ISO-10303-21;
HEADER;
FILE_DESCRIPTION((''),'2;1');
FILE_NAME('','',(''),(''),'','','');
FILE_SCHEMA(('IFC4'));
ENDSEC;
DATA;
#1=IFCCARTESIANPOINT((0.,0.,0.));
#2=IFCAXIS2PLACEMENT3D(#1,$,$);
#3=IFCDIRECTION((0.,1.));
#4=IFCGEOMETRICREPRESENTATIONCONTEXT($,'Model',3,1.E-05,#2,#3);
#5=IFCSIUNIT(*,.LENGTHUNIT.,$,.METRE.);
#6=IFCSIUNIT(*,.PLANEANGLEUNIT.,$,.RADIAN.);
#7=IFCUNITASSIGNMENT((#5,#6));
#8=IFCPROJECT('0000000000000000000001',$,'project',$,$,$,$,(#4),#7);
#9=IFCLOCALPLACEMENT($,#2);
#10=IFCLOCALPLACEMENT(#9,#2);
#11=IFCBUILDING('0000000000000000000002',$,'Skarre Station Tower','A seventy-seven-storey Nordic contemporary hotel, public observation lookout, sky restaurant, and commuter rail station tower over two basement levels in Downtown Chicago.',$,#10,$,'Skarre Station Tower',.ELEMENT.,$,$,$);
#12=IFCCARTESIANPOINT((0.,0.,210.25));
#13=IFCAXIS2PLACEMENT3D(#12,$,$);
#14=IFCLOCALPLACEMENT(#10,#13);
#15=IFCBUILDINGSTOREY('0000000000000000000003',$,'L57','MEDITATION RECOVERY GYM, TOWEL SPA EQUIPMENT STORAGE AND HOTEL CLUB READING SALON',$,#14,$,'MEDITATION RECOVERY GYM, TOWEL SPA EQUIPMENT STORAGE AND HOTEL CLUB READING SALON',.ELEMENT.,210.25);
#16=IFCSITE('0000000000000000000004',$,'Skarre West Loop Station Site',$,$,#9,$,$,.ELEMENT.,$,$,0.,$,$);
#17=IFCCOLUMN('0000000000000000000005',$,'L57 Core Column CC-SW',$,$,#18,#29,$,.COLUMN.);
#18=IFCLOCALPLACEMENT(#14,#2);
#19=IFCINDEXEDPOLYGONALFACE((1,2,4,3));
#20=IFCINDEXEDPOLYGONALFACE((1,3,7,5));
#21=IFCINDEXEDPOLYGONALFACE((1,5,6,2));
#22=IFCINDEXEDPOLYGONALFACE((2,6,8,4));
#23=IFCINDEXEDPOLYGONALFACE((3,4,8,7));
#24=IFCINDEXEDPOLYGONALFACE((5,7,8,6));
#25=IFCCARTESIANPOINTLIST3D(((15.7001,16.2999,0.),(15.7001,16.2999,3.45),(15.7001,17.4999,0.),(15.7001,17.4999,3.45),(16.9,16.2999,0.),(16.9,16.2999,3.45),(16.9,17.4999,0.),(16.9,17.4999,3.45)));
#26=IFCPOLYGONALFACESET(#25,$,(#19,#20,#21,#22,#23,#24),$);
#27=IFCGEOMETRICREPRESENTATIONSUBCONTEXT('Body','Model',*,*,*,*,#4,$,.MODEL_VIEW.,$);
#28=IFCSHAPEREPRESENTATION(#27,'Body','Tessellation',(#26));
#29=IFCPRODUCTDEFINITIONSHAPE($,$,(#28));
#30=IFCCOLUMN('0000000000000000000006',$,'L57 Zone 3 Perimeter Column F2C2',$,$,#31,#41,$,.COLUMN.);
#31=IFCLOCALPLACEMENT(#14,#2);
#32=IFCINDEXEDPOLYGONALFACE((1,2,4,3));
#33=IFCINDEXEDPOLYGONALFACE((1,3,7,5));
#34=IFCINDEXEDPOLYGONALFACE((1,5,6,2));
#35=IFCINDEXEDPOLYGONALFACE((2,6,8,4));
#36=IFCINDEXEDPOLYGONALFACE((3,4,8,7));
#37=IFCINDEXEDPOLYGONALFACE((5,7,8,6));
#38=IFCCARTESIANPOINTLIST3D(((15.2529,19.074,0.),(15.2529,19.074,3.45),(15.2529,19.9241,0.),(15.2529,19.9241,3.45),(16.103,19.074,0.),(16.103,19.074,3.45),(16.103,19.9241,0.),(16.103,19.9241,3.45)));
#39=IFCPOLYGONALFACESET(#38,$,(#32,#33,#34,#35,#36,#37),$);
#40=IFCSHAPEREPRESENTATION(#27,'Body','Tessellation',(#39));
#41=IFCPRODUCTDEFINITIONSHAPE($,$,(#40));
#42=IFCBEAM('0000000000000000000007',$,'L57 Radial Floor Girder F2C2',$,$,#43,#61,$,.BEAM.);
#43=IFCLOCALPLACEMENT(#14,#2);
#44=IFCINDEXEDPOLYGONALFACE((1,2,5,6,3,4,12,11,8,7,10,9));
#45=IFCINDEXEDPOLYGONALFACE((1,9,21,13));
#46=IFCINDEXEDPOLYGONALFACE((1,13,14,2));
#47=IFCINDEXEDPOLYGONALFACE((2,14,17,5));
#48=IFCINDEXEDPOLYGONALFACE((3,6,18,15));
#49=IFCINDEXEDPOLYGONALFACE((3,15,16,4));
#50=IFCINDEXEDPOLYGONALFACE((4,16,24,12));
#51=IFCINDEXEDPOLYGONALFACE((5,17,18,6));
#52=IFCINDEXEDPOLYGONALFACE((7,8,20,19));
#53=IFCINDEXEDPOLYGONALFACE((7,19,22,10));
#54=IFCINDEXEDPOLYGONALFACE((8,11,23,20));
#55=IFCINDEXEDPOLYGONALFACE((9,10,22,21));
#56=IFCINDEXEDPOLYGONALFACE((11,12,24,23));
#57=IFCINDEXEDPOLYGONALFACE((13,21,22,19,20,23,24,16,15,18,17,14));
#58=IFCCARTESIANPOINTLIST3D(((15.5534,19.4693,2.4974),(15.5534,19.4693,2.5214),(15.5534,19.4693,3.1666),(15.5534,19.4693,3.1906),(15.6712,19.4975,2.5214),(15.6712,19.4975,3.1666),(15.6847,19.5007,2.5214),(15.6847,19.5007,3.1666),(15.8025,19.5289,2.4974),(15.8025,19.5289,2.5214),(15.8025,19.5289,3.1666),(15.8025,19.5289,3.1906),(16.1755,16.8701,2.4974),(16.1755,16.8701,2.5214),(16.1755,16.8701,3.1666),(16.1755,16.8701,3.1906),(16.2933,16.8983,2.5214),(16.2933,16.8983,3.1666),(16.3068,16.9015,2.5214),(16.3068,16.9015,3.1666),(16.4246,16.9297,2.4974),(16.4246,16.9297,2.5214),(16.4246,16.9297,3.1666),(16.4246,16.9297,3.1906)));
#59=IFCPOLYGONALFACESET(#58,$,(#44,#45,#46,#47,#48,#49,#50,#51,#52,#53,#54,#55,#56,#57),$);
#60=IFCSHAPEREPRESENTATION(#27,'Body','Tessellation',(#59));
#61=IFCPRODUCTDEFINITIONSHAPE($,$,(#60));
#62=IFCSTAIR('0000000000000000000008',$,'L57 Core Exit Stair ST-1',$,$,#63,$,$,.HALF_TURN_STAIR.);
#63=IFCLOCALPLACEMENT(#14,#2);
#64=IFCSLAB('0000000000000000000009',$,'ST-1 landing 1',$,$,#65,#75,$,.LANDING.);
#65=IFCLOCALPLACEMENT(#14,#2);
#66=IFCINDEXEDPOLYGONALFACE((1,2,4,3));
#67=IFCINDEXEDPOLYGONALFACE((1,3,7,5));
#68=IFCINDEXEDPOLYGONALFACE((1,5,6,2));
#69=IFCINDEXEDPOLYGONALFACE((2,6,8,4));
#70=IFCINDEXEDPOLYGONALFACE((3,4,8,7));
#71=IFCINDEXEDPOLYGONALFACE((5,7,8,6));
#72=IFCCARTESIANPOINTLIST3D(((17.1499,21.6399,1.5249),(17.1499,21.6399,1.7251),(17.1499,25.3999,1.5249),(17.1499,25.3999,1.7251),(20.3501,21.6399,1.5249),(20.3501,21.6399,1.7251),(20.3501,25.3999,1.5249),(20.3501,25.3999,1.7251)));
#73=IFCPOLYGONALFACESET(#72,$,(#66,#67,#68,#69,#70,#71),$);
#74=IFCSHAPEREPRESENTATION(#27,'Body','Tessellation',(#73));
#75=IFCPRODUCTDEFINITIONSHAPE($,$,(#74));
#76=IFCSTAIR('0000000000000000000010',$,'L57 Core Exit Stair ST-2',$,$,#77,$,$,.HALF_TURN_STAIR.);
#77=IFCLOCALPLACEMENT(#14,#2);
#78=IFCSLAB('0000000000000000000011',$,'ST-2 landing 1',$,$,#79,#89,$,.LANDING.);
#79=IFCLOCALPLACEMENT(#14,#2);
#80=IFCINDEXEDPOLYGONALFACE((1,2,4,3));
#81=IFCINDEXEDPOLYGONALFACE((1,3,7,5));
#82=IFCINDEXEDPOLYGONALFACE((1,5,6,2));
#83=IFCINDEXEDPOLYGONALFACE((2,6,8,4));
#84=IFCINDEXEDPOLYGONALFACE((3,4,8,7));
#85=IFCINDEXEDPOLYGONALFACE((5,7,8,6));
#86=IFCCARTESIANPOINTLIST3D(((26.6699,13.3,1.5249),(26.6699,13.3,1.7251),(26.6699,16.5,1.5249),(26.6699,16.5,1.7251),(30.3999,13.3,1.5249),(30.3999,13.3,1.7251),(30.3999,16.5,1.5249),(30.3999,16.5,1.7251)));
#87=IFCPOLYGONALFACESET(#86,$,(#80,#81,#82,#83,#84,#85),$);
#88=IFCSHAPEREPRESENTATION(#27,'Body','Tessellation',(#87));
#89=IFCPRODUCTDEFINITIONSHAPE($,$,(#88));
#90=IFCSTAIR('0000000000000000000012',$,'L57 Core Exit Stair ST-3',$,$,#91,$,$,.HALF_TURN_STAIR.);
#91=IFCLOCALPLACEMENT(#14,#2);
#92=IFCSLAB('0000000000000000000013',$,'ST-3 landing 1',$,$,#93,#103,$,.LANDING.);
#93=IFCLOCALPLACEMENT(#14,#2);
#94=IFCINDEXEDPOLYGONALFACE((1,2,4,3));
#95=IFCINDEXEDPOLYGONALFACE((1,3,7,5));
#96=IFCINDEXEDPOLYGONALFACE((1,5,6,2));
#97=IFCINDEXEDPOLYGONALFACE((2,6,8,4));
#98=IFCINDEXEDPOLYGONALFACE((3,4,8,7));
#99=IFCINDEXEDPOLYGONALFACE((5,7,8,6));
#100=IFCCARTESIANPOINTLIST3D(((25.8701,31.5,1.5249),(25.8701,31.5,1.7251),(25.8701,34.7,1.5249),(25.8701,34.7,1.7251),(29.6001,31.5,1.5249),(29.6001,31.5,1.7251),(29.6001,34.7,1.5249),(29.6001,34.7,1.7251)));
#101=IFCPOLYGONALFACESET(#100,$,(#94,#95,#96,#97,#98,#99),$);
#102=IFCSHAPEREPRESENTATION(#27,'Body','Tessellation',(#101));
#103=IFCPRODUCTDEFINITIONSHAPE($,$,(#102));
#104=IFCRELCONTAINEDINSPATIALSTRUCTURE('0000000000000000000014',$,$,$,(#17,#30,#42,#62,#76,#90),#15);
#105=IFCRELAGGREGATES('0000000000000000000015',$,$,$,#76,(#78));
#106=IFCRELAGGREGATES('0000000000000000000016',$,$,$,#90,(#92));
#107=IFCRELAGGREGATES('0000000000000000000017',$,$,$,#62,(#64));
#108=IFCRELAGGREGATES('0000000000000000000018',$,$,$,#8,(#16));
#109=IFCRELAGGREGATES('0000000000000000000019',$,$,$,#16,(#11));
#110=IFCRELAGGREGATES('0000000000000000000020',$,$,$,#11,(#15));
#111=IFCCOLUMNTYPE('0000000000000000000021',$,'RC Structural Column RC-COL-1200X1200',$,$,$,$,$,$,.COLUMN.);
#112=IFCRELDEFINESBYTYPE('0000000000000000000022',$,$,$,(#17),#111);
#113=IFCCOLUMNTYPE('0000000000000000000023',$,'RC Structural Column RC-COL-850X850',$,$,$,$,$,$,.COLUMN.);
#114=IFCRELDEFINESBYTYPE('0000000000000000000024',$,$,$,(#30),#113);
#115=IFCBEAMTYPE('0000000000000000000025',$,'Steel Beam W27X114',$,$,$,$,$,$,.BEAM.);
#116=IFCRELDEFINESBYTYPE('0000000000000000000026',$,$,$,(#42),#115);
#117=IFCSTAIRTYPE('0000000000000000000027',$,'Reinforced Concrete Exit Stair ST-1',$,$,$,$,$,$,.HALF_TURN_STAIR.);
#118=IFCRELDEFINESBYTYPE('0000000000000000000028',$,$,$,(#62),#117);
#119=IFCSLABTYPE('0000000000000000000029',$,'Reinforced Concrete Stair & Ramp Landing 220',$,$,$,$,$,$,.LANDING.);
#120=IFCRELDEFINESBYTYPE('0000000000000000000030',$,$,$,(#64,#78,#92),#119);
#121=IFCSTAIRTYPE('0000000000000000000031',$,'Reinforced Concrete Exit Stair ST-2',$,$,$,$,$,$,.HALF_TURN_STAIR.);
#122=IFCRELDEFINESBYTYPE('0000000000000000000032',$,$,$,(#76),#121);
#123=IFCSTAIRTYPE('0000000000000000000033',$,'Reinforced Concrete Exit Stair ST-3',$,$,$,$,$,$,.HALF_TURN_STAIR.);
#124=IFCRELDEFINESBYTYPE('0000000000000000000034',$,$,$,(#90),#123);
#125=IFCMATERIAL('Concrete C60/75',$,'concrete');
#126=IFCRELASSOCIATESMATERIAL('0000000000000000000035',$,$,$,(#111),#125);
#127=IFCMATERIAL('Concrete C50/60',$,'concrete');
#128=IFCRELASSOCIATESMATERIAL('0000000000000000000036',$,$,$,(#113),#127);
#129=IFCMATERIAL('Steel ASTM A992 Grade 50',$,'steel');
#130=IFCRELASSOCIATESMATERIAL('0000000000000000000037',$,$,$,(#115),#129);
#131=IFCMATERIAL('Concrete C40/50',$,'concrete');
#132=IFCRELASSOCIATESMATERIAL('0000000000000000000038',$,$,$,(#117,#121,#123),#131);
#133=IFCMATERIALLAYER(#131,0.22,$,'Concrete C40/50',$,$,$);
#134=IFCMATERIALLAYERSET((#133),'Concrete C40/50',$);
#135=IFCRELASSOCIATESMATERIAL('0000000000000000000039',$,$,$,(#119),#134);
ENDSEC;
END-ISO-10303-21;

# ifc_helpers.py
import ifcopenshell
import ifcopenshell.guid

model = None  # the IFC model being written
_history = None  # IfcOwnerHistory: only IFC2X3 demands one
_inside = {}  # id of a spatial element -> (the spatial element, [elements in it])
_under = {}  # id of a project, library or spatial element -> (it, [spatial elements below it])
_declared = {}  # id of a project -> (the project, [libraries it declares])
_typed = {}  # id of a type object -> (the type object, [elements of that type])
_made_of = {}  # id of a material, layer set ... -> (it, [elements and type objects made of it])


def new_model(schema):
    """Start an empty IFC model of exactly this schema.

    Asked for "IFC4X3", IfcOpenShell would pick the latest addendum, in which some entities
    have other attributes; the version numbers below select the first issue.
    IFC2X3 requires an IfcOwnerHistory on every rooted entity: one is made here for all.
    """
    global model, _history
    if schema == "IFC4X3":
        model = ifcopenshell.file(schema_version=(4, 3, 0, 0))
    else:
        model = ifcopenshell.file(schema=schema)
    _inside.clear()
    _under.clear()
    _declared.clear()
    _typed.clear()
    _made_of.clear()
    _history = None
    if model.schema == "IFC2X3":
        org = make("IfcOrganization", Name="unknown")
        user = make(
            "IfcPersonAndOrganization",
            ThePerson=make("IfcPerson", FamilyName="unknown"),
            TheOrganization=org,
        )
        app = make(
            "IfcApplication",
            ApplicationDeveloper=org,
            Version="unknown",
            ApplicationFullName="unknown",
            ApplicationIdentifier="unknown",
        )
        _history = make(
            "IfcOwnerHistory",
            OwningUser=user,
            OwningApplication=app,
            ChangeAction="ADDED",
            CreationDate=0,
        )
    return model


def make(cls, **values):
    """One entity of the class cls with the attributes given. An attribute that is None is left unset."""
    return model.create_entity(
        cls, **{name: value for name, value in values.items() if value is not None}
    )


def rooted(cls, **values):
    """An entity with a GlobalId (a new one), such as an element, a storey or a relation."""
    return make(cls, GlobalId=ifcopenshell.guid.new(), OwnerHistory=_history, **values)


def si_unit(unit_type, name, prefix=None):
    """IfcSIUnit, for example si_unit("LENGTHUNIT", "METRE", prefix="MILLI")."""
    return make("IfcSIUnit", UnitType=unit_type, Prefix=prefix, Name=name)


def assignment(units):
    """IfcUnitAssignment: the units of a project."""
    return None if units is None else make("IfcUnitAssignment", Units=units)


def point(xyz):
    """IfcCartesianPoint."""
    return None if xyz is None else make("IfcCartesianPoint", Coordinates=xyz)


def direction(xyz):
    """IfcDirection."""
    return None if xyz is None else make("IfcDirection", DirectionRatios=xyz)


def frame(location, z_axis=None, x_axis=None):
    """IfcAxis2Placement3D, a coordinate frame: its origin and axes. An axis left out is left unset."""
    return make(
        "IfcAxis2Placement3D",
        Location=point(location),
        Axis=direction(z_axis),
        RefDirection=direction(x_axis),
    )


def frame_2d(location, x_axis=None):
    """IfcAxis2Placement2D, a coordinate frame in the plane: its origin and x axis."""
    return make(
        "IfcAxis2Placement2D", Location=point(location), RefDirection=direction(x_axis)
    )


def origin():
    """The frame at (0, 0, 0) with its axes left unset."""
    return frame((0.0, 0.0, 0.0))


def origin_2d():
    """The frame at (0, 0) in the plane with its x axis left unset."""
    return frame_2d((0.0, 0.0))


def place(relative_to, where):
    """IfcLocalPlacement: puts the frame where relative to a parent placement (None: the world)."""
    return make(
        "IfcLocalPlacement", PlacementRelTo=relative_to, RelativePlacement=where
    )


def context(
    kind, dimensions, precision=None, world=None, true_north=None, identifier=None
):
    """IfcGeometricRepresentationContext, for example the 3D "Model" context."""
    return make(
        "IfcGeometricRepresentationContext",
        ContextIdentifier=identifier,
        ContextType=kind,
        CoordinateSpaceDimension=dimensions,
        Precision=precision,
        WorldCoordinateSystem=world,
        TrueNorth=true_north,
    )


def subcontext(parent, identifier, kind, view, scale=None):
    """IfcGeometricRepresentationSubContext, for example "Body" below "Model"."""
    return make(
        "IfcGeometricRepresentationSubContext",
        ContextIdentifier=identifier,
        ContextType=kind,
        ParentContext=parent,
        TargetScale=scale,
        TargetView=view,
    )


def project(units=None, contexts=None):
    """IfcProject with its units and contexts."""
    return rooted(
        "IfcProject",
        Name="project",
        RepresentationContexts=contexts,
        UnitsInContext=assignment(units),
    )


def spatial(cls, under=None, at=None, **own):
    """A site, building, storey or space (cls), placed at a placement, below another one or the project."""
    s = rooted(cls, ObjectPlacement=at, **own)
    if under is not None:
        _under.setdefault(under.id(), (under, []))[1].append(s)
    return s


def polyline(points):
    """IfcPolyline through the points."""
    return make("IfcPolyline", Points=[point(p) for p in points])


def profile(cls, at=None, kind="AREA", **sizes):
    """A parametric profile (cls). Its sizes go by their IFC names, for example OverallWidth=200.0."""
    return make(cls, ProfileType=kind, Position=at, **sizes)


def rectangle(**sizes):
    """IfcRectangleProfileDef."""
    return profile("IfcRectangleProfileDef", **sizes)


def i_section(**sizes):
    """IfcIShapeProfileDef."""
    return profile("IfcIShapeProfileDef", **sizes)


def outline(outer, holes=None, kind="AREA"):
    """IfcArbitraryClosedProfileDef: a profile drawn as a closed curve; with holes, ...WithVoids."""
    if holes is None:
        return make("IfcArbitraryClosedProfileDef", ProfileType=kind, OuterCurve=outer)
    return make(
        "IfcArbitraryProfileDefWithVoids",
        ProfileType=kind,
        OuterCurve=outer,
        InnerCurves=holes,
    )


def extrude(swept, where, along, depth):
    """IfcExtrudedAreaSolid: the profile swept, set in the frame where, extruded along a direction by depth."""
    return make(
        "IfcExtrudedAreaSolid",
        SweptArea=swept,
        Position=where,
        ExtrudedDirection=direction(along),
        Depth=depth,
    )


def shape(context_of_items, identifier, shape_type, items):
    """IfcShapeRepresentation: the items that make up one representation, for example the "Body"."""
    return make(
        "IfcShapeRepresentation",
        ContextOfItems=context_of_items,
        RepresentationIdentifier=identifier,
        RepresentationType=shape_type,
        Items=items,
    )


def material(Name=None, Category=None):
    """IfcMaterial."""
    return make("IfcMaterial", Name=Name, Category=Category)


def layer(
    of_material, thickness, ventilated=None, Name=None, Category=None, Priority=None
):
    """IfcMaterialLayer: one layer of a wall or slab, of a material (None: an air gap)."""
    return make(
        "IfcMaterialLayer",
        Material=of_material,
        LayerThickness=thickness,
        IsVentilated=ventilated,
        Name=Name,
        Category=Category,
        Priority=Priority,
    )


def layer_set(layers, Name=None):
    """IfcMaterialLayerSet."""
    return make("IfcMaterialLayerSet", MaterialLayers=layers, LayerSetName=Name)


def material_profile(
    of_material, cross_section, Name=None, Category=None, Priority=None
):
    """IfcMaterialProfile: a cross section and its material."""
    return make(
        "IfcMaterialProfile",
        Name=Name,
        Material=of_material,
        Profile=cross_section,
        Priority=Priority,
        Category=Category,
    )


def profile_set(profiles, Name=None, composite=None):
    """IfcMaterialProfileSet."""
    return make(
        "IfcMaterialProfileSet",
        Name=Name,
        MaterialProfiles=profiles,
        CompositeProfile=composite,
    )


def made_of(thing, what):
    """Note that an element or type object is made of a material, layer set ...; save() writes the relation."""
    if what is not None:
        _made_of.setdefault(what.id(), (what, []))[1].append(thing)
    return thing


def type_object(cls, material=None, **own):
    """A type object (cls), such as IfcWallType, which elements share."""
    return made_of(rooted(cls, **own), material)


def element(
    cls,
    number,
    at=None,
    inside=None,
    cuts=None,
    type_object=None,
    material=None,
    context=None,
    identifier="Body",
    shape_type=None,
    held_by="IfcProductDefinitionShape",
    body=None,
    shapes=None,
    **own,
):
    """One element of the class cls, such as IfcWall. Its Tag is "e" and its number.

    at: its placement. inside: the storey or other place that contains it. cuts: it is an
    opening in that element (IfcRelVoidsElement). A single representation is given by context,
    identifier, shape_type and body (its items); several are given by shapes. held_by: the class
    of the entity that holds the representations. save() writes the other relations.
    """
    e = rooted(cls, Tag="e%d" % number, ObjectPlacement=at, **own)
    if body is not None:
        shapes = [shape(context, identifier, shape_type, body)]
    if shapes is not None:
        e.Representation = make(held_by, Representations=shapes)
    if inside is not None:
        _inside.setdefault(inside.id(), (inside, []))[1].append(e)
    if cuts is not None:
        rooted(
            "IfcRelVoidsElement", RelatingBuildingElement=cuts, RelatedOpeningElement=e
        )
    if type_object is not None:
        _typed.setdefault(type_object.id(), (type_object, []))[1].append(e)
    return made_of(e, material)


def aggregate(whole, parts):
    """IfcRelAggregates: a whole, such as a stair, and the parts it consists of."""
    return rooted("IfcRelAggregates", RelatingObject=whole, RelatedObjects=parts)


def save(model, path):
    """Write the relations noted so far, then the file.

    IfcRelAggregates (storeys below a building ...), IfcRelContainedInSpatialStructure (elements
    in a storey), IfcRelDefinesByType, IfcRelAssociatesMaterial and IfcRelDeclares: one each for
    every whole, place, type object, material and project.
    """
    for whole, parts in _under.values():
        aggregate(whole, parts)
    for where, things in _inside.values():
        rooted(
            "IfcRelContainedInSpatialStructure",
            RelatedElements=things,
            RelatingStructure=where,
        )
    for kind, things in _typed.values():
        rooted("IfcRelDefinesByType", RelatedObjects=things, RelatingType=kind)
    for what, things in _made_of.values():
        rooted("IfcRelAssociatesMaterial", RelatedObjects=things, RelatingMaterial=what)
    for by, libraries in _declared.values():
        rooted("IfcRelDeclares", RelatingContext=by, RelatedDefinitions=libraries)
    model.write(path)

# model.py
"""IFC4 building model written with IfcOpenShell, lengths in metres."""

from ifc_helpers import new_model, si_unit, direction, frame, origin, origin_2d, place, context, subcontext, project, spatial, polyline, rectangle, i_section, outline, extrude, material, layer, layer_set, material_profile, profile_set, type_object, element, aggregate, save


model = new_model("IFC4")

# Units and contexts
model_context = context("Model", 3, precision=1e-05, world=origin(), true_north=direction((0.0, 1.0)))
body_context = subcontext(model_context, "Body", "Model", "MODEL_VIEW")
ifc_project = project(units=[si_unit("LENGTHUNIT", "METRE"), si_unit("PLANEANGLEUNIT", "RADIAN")], contexts=[model_context])

# Site, building, storey
site_placement = place(None, origin())
site = spatial("IfcSite", under=ifc_project, at=site_placement, Name="Skarre West Loop Station Site", CompositionType="ELEMENT", RefElevation=0.0)
building_placement = place(site_placement, origin())
building = spatial("IfcBuilding", under=site, at=building_placement, Name="Skarre Station Tower", Description="A seventy-seven-storey Nordic contemporary hotel, public observation lookout, sky restaurant, and commuter rail station tower over two basement levels in Downtown Chicago.", LongName="Skarre Station Tower", CompositionType="ELEMENT")
storey_placement = place(building_placement, frame((0.0, 0.0, 210.25)))
storey = spatial("IfcBuildingStorey", under=building, at=storey_placement, Name="L57", Description="MEDITATION RECOVERY GYM, TOWEL SPA EQUIPMENT STORAGE AND HOTEL CLUB READING SALON", LongName="MEDITATION RECOVERY GYM, TOWEL SPA EQUIPMENT STORAGE AND HOTEL CLUB READING SALON", CompositionType="ELEMENT", Elevation=210.25)

# Columns
ifc_material_1 = material(Name="Concrete C60/75", Category="concrete")
ifc_material_profile_1 = material_profile(ifc_material_1, rectangle(XDim=1.2, YDim=1.2, at=origin_2d()), Name="Concrete C60/75")
ifc_profile_set_1 = profile_set([ifc_material_profile_1], Name="Concrete C60/75")
column_type_1 = type_object("IfcColumnType", Name="RC Structural Column RC-COL-1200X1200", PredefinedType="COLUMN", material=ifc_profile_set_1)
column_1_placement = place(storey_placement, frame((16.3, 16.8999, 0.0), z_axis=(0.0, 0.0, 1.0), x_axis=(1.0, 0.0, 0.0)))
element("IfcColumn", 1, at=column_1_placement, inside=storey, type_object=column_type_1, Name="L57 Core Column CC-SW", PredefinedType="COLUMN", context=body_context, shape_type="SweptSolid", body=[
    extrude(rectangle(XDim=1.2, YDim=1.2, at=origin_2d()), origin(), (0.0, 0.0, 1.0), 3.45),
])
ifc_material_2 = material(Name="Concrete C50/60", Category="concrete")
ifc_material_profile_2 = material_profile(ifc_material_2, rectangle(XDim=0.8501, YDim=0.8501, at=origin_2d()), Name="Concrete C50/60")
ifc_profile_set_2 = profile_set([ifc_material_profile_2], Name="Concrete C50/60")
column_type_2 = type_object("IfcColumnType", Name="RC Structural Column RC-COL-850X850", PredefinedType="COLUMN", material=ifc_profile_set_2)
column_2_placement = place(storey_placement, frame((15.678, 19.499, 0.0), z_axis=(0.0, 0.0, 1.0), x_axis=(1.0, 0.0, 0.0)))
element("IfcColumn", 2, at=column_2_placement, inside=storey, type_object=column_type_2, Name="L57 Zone 3 Perimeter Column F2C2", PredefinedType="COLUMN", context=body_context, shape_type="SweptSolid", body=[
    extrude(rectangle(XDim=0.8501, YDim=0.8501, at=origin_2d()), origin(), (0.0, 0.0, 1.0), 3.45),
])

# Beam
ifc_material_3 = material(Name="Steel ASTM A992 Grade 50", Category="steel")
ifc_material_profile_3 = material_profile(ifc_material_3, i_section(OverallWidth=0.2561, OverallDepth=0.6931, WebThickness=0.0139, FlangeThickness=0.0239, at=origin_2d()), Name="Steel ASTM A992 Grade 50")
ifc_profile_set_3 = profile_set([ifc_material_profile_3], Name="Steel ASTM A992 Grade 50")
beam_type = type_object("IfcBeamType", Name="Steel Beam W27X114", PredefinedType="BEAM", material=ifc_profile_set_3)
beam_placement = place(storey_placement, frame((16.3, 16.8999, 2.844), z_axis=(-0.232765, 0.972533, 0.0), x_axis=(-0.972533, -0.232765, 0.0)))
element("IfcBeam", 3, at=beam_placement, inside=storey, type_object=beam_type, Name="L57 Radial Floor Girder F2C2", PredefinedType="BEAM", context=body_context, shape_type="SweptSolid", body=[
    extrude(i_section(OverallWidth=0.2561, OverallDepth=0.6931, WebThickness=0.0139, FlangeThickness=0.0239, at=origin_2d()), origin(), (0.0, 0.0, 1.0), 2.6726),
])

# Stairs, slabs
ifc_material_4 = material(Name="Concrete C40/50", Category="concrete")
stair_type_1 = type_object("IfcStairType", Name="Reinforced Concrete Exit Stair ST-1", PredefinedType="HALF_TURN_STAIR", material=ifc_material_4)
stair_1_placement = place(storey_placement, origin())
stair_1 = element("IfcStair", 4, at=stair_1_placement, inside=storey, type_object=stair_type_1, Name="L57 Core Exit Stair ST-1", PredefinedType="HALF_TURN_STAIR")
ifc_layer_1 = layer(ifc_material_4, 0.22, Name="Concrete C40/50")
ifc_layer_set_1 = layer_set([ifc_layer_1], Name="Concrete C40/50")
slab_type_1 = type_object("IfcSlabType", Name="Reinforced Concrete Stair & Ramp Landing 220", PredefinedType="LANDING", material=ifc_layer_set_1)
slab_1_placement = place(storey_placement, frame((0.0, 0.0, 1.5249)))
slab_1 = element("IfcSlab", 5, at=slab_1_placement, type_object=slab_type_1, Name="ST-1 landing 1", PredefinedType="LANDING", context=body_context, shape_type="SweptSolid", body=[
    extrude(outline(polyline([(20.3501, 21.6399), (20.3501, 25.3999), (17.1499, 25.3999), (17.1499, 21.6399), (20.3501, 21.6399)])), origin(), (0.0, 0.0, 1.0), 0.2002),
])
stair_type_2 = type_object("IfcStairType", Name="Reinforced Concrete Exit Stair ST-2", PredefinedType="HALF_TURN_STAIR", material=ifc_material_4)
stair_2_placement = place(storey_placement, origin())
stair_2 = element("IfcStair", 6, at=stair_2_placement, inside=storey, type_object=stair_type_2, Name="L57 Core Exit Stair ST-2", PredefinedType="HALF_TURN_STAIR")
slab_2_placement = place(storey_placement, frame((0.0, 0.0, 1.5249)))
slab_2 = element("IfcSlab", 7, at=slab_2_placement, type_object=slab_type_1, Name="ST-2 landing 1", PredefinedType="LANDING", context=body_context, shape_type="SweptSolid", body=[
    extrude(outline(polyline([(26.6699, 13.3), (30.3999, 13.3), (30.3999, 16.5), (26.6699, 16.5), (26.6699, 13.3)])), origin(), (0.0, 0.0, 1.0), 0.2002),
])
aggregate(stair_2, [slab_2])
stair_type_3 = type_object("IfcStairType", Name="Reinforced Concrete Exit Stair ST-3", PredefinedType="HALF_TURN_STAIR", material=ifc_material_4)
stair_3_placement = place(storey_placement, origin())
stair_3 = element("IfcStair", 8, at=stair_3_placement, inside=storey, type_object=stair_type_3, Name="L57 Core Exit Stair ST-3", PredefinedType="HALF_TURN_STAIR")
slab_3_placement = place(storey_placement, frame((0.0, 0.0, 1.5249)))
slab_3 = element("IfcSlab", 9, at=slab_3_placement, type_object=slab_type_1, Name="ST-3 landing 1", PredefinedType="LANDING", context=body_context, shape_type="SweptSolid", body=[
    extrude(outline(polyline([(25.8701, 31.5), (29.6001, 31.5), (29.6001, 34.7), (25.8701, 34.7), (25.8701, 31.5)])), origin(), (0.0, 0.0, 1.0), 0.2002),
])
aggregate(stair_3, [slab_3])

aggregate(stair_1, [slab_1])

save(model, "model.ifc")
